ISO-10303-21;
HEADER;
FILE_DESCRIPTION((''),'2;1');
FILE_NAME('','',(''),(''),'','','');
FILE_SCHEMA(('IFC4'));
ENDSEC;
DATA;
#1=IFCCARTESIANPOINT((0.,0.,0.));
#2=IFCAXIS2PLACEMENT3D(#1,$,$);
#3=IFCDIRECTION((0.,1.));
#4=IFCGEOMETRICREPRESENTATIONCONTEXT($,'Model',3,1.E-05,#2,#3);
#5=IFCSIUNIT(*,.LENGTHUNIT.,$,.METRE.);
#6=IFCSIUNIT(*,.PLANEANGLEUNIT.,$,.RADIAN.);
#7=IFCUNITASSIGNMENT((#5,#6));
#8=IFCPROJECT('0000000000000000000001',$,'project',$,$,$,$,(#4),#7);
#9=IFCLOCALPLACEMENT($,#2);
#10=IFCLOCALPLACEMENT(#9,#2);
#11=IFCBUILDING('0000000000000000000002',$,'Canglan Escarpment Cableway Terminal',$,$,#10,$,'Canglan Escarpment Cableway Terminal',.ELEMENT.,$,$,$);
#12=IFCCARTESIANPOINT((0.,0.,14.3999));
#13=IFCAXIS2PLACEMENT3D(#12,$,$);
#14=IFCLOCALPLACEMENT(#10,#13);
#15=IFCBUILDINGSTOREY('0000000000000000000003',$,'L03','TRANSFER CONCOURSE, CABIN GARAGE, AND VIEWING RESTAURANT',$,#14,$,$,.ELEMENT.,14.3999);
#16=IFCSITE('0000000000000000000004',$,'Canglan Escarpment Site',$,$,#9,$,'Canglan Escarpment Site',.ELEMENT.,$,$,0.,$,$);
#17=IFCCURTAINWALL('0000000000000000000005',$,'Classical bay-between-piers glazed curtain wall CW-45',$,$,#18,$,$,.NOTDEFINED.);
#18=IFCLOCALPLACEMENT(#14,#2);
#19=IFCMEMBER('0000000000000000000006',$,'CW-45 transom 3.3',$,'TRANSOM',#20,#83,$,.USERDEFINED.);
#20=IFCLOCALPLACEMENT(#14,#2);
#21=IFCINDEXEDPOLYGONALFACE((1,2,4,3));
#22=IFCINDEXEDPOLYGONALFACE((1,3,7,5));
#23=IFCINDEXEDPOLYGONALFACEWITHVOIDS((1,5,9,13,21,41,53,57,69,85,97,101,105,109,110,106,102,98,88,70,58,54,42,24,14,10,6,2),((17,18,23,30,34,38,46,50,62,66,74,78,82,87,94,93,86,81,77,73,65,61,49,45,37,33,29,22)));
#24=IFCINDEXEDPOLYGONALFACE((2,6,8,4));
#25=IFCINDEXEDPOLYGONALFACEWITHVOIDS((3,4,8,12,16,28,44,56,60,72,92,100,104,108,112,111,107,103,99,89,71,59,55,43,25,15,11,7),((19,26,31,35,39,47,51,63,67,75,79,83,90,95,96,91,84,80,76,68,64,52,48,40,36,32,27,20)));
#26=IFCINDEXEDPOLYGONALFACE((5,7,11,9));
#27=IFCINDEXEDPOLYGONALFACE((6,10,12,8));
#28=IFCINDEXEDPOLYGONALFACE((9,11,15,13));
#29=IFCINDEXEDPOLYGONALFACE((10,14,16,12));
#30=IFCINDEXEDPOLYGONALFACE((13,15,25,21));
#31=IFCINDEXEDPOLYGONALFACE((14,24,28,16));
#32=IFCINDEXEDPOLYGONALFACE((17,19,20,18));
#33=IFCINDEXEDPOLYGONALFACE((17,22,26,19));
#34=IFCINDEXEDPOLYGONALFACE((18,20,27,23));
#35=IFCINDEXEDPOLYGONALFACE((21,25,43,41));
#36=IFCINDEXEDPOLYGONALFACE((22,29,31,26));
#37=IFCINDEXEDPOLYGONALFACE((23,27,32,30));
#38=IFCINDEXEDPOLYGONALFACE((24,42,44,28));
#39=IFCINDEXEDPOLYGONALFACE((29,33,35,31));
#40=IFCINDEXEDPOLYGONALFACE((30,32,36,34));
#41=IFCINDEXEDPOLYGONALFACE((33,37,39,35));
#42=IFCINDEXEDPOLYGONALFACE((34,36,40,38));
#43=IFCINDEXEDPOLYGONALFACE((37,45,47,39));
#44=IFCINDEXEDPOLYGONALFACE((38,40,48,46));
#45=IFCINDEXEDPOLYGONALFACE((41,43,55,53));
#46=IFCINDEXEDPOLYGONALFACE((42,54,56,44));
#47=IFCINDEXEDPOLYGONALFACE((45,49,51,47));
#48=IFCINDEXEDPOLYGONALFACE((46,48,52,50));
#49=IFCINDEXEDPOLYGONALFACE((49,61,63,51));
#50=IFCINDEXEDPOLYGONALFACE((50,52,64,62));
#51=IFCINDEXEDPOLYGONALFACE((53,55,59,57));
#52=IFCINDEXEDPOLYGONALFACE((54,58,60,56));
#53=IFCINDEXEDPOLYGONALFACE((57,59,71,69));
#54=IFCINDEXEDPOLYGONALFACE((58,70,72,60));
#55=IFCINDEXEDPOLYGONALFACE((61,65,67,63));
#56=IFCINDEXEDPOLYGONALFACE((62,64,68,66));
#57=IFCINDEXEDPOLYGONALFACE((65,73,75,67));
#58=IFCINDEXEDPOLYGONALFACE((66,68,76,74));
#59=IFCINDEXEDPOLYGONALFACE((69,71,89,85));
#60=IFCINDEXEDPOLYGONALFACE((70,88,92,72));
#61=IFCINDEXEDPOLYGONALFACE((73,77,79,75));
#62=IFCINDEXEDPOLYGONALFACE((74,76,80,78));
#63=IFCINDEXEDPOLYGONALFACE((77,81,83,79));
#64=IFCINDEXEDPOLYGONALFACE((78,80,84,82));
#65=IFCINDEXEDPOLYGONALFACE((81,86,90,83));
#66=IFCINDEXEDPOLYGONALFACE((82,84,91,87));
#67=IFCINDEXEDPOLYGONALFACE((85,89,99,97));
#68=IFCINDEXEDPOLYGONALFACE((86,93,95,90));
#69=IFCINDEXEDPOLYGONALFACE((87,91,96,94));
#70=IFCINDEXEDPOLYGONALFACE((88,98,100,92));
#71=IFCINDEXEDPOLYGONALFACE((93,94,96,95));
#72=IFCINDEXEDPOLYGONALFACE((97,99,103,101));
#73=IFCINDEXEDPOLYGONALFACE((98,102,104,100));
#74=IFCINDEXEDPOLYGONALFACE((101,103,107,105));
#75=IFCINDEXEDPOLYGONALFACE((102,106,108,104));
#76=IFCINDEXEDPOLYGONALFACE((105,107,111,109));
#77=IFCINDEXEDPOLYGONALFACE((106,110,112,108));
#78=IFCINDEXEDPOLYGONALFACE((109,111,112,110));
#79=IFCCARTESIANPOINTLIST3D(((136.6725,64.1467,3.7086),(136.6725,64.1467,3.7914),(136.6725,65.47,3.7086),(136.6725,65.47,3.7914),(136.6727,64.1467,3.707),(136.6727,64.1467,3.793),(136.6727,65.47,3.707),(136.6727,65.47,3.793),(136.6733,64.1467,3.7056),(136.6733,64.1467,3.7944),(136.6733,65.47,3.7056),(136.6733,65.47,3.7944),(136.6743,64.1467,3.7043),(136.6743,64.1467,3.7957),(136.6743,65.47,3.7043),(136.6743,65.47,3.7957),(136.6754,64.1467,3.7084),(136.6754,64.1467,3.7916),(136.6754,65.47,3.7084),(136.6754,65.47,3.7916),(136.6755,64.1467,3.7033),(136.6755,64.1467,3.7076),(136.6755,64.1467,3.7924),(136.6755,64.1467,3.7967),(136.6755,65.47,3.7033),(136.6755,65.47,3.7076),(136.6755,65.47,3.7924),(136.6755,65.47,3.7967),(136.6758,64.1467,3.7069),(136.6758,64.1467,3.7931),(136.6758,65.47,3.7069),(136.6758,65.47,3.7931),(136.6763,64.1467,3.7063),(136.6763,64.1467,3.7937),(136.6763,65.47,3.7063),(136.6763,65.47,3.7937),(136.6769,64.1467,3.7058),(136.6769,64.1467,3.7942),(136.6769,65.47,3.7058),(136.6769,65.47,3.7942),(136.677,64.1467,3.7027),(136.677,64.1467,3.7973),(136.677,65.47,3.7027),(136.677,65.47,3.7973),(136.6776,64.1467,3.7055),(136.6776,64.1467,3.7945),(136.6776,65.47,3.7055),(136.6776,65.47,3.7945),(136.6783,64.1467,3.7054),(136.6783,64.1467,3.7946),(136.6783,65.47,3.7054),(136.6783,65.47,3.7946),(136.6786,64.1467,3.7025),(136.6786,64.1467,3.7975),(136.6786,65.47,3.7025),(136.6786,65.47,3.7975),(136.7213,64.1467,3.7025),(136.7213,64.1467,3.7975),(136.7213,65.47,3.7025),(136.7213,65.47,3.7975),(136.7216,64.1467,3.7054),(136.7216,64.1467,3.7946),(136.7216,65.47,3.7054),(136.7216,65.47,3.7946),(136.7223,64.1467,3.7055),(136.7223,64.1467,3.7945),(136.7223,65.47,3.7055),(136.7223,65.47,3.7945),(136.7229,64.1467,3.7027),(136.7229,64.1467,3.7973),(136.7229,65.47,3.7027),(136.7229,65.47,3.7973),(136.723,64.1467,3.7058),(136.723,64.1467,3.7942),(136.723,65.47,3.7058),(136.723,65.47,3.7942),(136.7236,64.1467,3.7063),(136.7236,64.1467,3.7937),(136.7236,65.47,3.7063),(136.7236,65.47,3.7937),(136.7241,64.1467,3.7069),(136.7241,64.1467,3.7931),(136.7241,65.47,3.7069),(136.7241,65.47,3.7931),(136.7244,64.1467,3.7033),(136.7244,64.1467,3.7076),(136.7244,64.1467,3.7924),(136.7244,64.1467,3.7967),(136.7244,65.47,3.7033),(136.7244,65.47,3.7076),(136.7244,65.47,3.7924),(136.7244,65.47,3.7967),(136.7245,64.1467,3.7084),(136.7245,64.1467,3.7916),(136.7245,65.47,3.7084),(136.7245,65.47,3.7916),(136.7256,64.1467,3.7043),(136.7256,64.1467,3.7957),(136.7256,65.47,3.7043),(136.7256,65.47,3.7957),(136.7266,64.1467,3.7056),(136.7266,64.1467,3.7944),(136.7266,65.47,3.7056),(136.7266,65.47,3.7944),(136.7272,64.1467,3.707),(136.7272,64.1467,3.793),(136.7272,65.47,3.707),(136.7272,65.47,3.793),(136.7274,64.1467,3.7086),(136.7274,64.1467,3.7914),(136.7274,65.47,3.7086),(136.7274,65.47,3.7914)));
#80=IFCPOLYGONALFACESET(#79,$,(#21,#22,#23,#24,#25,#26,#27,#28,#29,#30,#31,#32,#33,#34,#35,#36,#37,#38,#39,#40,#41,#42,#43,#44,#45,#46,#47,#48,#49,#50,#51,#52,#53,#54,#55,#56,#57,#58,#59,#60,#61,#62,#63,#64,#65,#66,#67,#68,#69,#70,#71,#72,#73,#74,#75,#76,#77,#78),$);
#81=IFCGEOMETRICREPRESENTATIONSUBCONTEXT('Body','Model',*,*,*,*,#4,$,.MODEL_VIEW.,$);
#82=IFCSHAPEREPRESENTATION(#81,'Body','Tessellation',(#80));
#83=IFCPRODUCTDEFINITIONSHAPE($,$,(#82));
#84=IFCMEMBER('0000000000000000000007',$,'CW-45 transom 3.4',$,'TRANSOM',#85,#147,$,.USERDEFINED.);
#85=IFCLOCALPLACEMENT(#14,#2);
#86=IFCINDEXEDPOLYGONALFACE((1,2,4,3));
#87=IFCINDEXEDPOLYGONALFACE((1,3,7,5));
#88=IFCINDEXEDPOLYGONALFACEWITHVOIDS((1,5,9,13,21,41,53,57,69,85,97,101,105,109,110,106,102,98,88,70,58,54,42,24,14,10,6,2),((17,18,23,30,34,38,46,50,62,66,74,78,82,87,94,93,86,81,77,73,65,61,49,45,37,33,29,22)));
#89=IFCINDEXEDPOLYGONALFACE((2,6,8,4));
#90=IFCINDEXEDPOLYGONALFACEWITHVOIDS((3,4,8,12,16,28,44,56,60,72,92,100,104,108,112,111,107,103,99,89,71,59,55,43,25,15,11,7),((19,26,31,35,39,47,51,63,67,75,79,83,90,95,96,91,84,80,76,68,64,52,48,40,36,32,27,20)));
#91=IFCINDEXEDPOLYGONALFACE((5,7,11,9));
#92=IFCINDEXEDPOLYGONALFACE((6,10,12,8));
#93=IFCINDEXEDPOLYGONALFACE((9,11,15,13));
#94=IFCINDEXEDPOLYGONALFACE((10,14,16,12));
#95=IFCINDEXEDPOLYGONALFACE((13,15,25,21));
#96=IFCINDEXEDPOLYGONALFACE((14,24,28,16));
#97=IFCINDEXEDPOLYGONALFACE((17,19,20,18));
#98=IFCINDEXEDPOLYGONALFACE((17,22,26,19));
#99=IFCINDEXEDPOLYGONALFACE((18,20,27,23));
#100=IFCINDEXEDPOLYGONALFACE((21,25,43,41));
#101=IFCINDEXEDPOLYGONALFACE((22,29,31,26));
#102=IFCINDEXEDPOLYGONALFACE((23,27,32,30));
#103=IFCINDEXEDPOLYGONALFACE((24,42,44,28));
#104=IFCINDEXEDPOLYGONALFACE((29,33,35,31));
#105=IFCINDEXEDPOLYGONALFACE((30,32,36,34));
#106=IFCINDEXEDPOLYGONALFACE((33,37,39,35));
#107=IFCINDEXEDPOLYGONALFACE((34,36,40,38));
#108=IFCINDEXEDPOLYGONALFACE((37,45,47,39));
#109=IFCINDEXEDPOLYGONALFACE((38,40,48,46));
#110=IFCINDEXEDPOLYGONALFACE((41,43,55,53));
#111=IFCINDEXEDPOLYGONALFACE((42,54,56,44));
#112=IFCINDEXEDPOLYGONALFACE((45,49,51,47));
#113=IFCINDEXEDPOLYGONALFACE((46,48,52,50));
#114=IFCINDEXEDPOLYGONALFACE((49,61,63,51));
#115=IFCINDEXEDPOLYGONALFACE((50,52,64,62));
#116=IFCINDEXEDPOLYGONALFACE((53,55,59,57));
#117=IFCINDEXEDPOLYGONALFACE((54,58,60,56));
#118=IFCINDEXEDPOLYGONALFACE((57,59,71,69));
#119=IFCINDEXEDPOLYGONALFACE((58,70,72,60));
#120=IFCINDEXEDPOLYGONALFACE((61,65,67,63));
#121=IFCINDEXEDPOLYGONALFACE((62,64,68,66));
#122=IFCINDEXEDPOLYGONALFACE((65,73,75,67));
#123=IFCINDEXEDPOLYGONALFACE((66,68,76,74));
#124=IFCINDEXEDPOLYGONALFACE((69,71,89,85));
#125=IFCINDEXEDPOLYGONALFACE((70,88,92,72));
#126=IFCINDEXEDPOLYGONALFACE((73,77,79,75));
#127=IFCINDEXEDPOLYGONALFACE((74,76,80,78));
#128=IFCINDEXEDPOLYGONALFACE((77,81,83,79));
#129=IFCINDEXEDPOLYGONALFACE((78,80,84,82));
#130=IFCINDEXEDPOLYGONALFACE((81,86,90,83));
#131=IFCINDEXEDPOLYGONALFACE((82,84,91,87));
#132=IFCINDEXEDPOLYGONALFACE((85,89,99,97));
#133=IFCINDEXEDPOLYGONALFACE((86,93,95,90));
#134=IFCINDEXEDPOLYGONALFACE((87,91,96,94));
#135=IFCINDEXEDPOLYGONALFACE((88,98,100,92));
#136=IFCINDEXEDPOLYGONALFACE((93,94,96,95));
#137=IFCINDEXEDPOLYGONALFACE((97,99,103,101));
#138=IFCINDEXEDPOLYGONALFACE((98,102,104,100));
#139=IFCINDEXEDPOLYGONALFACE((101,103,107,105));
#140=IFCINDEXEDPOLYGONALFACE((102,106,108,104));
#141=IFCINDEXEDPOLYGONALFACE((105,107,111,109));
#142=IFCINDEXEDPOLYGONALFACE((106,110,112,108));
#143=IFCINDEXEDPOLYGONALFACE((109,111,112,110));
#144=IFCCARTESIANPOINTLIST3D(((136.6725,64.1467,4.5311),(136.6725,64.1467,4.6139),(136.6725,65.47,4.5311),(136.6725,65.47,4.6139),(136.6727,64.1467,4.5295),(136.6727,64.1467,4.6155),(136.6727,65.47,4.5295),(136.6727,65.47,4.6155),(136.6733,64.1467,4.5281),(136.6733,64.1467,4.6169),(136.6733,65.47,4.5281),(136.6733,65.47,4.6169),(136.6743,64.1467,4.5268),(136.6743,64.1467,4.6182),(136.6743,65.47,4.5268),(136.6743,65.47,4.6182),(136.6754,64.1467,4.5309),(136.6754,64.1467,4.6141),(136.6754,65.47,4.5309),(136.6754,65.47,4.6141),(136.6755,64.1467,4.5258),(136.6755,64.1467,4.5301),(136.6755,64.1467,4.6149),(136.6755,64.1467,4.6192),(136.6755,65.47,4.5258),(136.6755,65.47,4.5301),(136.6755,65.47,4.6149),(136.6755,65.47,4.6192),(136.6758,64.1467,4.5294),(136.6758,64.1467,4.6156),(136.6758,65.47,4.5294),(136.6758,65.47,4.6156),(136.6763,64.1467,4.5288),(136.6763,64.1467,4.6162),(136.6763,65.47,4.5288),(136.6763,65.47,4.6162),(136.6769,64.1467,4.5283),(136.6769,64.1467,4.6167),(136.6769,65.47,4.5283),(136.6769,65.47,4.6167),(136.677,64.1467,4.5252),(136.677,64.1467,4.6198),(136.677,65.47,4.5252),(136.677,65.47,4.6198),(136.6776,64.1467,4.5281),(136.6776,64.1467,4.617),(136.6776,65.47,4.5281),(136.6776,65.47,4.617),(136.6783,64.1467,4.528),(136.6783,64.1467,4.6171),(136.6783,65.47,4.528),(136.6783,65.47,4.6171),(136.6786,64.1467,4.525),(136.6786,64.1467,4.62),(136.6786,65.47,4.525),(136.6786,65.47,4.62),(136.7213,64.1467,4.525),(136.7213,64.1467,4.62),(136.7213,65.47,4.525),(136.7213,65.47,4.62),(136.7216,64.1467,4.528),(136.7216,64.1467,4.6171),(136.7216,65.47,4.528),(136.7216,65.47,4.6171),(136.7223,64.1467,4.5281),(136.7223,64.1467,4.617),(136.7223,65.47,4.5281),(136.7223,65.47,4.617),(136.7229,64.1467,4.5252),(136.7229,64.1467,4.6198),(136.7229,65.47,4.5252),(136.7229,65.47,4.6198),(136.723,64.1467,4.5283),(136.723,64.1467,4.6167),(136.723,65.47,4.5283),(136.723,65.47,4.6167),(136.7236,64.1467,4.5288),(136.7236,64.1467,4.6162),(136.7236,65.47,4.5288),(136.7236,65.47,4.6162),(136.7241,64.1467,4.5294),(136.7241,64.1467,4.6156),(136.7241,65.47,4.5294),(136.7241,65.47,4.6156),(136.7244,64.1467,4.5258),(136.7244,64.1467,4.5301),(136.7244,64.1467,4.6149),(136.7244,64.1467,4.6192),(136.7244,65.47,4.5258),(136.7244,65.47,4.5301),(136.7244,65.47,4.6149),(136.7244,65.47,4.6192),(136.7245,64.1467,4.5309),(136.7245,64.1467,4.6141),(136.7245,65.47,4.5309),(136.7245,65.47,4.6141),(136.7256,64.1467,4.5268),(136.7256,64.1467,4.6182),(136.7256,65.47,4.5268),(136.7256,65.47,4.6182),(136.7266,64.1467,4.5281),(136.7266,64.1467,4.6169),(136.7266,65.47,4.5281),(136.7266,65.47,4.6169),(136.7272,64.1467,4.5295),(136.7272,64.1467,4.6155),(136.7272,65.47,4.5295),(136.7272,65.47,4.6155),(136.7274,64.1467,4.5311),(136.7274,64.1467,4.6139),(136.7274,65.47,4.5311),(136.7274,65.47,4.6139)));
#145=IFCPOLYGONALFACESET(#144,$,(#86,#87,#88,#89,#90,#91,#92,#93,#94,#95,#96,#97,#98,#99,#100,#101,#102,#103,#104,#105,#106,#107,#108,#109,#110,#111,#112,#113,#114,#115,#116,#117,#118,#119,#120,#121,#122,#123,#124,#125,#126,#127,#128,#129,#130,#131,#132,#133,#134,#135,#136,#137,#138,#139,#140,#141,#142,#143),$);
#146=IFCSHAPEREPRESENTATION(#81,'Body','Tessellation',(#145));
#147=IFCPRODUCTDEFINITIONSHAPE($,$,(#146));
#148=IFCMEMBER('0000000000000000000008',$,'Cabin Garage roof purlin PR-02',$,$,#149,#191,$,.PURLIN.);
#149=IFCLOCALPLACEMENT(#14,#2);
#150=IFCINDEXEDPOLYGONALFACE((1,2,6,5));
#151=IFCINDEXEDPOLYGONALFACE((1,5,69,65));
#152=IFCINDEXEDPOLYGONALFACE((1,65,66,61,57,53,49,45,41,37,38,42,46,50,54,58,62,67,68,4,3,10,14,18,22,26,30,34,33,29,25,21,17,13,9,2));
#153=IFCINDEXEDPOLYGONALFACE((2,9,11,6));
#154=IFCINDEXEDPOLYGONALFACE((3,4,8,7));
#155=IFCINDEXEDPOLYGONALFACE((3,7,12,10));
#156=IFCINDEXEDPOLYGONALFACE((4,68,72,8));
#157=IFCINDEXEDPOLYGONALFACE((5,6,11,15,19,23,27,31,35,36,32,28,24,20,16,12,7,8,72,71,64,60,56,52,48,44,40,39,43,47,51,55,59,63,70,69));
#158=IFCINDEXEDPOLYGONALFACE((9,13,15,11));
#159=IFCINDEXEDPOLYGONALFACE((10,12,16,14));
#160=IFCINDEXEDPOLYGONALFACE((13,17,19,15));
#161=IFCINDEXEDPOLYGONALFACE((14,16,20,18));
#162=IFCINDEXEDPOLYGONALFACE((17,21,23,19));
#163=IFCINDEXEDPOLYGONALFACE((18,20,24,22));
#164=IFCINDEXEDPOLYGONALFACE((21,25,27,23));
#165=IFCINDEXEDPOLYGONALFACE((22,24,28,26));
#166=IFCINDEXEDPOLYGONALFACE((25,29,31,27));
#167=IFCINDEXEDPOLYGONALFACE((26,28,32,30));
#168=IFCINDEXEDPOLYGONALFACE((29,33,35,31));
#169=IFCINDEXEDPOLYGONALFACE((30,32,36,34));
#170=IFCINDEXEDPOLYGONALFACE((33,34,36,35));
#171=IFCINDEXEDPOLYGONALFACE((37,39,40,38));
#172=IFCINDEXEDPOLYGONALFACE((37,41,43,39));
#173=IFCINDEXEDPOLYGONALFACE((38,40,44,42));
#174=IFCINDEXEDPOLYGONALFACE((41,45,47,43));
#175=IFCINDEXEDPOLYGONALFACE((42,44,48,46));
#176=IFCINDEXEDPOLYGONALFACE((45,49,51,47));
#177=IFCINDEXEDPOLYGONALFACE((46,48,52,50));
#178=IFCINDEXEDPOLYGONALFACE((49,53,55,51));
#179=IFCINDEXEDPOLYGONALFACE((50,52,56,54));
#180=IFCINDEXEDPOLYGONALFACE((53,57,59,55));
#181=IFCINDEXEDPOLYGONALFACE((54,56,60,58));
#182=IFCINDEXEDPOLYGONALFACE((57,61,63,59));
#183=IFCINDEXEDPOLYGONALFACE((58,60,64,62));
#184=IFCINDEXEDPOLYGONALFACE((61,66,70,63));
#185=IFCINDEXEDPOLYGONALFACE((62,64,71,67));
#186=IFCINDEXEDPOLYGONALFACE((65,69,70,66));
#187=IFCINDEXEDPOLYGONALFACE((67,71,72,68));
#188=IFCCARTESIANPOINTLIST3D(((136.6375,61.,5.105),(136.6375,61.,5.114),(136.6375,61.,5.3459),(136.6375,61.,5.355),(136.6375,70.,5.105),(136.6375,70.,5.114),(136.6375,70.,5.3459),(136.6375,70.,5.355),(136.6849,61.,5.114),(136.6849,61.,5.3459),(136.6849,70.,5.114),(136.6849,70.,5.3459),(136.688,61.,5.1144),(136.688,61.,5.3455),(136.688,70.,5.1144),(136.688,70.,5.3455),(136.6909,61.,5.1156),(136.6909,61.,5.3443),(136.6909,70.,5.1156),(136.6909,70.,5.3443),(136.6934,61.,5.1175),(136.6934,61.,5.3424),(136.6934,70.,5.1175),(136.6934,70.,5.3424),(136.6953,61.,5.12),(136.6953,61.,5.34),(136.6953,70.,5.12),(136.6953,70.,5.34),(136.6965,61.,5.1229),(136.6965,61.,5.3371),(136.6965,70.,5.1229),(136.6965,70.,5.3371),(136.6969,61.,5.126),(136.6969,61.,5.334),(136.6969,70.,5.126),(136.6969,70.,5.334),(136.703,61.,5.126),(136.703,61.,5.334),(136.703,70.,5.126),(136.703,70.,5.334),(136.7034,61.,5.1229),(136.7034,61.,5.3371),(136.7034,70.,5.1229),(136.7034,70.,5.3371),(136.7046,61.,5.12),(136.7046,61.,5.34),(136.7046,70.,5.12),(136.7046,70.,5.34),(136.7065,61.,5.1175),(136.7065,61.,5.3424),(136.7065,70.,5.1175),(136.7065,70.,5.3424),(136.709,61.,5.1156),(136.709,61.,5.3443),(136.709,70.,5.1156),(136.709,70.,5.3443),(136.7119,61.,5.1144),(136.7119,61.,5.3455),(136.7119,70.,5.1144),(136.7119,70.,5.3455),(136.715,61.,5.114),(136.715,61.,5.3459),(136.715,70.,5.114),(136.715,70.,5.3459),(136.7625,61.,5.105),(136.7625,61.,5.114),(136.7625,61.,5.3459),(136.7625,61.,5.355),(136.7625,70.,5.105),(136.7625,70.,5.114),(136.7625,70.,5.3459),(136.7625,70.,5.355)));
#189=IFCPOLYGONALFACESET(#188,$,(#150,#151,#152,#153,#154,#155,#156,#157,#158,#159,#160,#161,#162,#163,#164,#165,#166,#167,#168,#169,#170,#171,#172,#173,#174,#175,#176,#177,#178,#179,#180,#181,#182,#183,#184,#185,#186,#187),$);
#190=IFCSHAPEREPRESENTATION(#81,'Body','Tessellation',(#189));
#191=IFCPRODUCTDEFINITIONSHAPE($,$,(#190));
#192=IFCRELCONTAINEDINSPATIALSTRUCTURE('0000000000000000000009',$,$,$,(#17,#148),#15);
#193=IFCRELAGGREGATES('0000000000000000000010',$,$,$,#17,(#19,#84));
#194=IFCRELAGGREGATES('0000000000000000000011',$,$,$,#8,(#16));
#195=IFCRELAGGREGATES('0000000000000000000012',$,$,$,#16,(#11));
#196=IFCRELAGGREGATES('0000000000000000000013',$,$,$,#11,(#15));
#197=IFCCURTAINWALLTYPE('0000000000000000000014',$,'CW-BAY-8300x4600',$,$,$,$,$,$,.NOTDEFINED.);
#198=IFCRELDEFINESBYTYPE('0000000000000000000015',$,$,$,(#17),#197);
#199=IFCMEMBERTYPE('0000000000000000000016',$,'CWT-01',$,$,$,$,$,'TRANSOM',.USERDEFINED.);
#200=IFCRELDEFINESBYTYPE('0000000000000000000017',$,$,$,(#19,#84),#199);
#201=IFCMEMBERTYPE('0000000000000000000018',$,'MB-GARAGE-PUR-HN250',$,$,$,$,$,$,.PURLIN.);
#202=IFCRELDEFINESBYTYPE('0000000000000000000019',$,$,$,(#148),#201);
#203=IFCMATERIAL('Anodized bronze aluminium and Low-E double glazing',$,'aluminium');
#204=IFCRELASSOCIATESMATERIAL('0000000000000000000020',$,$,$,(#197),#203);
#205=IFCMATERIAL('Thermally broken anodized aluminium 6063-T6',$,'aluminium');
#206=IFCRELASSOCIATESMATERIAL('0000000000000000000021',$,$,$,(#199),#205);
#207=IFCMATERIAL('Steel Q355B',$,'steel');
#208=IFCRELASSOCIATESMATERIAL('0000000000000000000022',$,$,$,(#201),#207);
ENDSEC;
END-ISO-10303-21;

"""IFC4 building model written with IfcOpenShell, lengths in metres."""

from ifc_helpers import new_model, si_unit, direction, frame, origin, origin_2d, place, context, subcontext, project, spatial, hollow_rectangle, i_section, extrude, material, material_profile, profile_set, type_object, element, aggregate, save


model = new_model("IFC4")

# Units and contexts
model_context = context("Model", 3, precision=1e-05, world=origin(), true_north=direction((0.0, 1.0)))
body_context = subcontext(model_context, "Body", "Model", "MODEL_VIEW")
ifc_project = project(units=[si_unit("LENGTHUNIT", "METRE"), si_unit("PLANEANGLEUNIT", "RADIAN")], contexts=[model_context])

# Site, building, storey
site_placement = place(None, origin())
site = spatial("IfcSite", under=ifc_project, at=site_placement, Name="Canglan Escarpment Site", LongName="Canglan Escarpment Site", CompositionType="ELEMENT", RefElevation=0.0)
building_placement = place(site_placement, origin())
building = spatial("IfcBuilding", under=site, at=building_placement, Name="Canglan Escarpment Cableway Terminal", LongName="Canglan Escarpment Cableway Terminal", CompositionType="ELEMENT")
storey_placement = place(building_placement, frame((0.0, 0.0, 14.3999)))
storey = spatial("IfcBuildingStorey", under=building, at=storey_placement, Name="L03", Description="TRANSFER CONCOURSE, CABIN GARAGE, AND VIEWING RESTAURANT", CompositionType="ELEMENT", Elevation=14.3999)

# Curtain wall, members
ifc_material_1 = material(Name="Anodized bronze aluminium and Low-E double glazing", Category="aluminium")
curtain_wall_type = type_object("IfcCurtainWallType", Name="CW-BAY-8300x4600", PredefinedType="NOTDEFINED", material=ifc_material_1)
curtain_wall_placement = place(storey_placement, origin())
curtain_wall = element("IfcCurtainWall", 1, at=curtain_wall_placement, inside=storey, type_object=curtain_wall_type, Name="Classical bay-between-piers glazed curtain wall CW-45", PredefinedType="NOTDEFINED")
ifc_material_2 = material(Name="Thermally broken anodized aluminium 6063-T6", Category="aluminium")
ifc_material_profile_1 = material_profile(ifc_material_2, hollow_rectangle(XDim=0.0549, YDim=0.095, WallThickness=0.0029, InnerFilletRadius=0.0029, OuterFilletRadius=0.0061, at=origin_2d()), Name="ALU-TRAN 55x95x3")
ifc_profile_set_1 = profile_set([ifc_material_profile_1], Name="Thermally broken anodized aluminium 6063-T6")
member_type_1 = type_object("IfcMemberType", Name="CWT-01", ElementType="TRANSOM", PredefinedType="USERDEFINED", material=ifc_profile_set_1)
member_1_placement = place(storey_placement, frame((136.7, 64.1467, 3.75), z_axis=(0.0, 1.0, 0.0), x_axis=(-1.0, 0.0, 0.0)))
member_1 = element("IfcMember", 2, at=member_1_placement, type_object=member_type_1, Name="CW-45 transom 3.3", ObjectType="TRANSOM", PredefinedType="USERDEFINED", context=body_context, shape_type="SweptSolid", body=[
    extrude(hollow_rectangle(XDim=0.0549, YDim=0.095, WallThickness=0.0029, InnerFilletRadius=0.0029, OuterFilletRadius=0.0061, at=origin_2d()), origin(), (0.0, 0.0, 1.0), 1.3232),
])
member_2_placement = place(storey_placement, frame((136.7, 64.1467, 4.5725), z_axis=(0.0, 1.0, 0.0), x_axis=(-1.0, 0.0, 0.0)))
member_2 = element("IfcMember", 3, at=member_2_placement, type_object=member_type_1, Name="CW-45 transom 3.4", ObjectType="TRANSOM", PredefinedType="USERDEFINED", context=body_context, shape_type="SweptSolid", body=[
    extrude(hollow_rectangle(XDim=0.0549, YDim=0.095, WallThickness=0.0029, InnerFilletRadius=0.0029, OuterFilletRadius=0.0061, at=origin_2d()), origin(), (0.0, 0.0, 1.0), 1.3232),
])

# Member
ifc_material_3 = material(Name="Steel Q355B", Category="steel")
ifc_material_profile_2 = material_profile(ifc_material_3, i_section(OverallWidth=0.125, OverallDepth=0.25, WebThickness=0.0061, FlangeThickness=0.009, FilletRadius=0.012, at=origin_2d()), Name="HN 250x125x6x9")
ifc_profile_set_2 = profile_set([ifc_material_profile_2], Name="Steel Q355B")
member_type_2 = type_object("IfcMemberType", Name="MB-GARAGE-PUR-HN250", PredefinedType="PURLIN", material=ifc_profile_set_2)
member_3_placement = place(storey_placement, frame((136.7, 61.0, 5.23), z_axis=(0.0, 1.0, 0.0), x_axis=(-1.0, 0.0, 0.0)))
element("IfcMember", 4, at=member_3_placement, inside=storey, type_object=member_type_2, Name="Cabin Garage roof purlin PR-02", PredefinedType="PURLIN", context=body_context, shape_type="SweptSolid", body=[
    extrude(i_section(OverallWidth=0.125, OverallDepth=0.25, WebThickness=0.0061, FlangeThickness=0.009, FilletRadius=0.012, at=origin_2d()), origin(), (0.0, 0.0, 1.0), 9.0),
])

aggregate(curtain_wall, [member_1, member_2])

save(model, "model.ifc")
